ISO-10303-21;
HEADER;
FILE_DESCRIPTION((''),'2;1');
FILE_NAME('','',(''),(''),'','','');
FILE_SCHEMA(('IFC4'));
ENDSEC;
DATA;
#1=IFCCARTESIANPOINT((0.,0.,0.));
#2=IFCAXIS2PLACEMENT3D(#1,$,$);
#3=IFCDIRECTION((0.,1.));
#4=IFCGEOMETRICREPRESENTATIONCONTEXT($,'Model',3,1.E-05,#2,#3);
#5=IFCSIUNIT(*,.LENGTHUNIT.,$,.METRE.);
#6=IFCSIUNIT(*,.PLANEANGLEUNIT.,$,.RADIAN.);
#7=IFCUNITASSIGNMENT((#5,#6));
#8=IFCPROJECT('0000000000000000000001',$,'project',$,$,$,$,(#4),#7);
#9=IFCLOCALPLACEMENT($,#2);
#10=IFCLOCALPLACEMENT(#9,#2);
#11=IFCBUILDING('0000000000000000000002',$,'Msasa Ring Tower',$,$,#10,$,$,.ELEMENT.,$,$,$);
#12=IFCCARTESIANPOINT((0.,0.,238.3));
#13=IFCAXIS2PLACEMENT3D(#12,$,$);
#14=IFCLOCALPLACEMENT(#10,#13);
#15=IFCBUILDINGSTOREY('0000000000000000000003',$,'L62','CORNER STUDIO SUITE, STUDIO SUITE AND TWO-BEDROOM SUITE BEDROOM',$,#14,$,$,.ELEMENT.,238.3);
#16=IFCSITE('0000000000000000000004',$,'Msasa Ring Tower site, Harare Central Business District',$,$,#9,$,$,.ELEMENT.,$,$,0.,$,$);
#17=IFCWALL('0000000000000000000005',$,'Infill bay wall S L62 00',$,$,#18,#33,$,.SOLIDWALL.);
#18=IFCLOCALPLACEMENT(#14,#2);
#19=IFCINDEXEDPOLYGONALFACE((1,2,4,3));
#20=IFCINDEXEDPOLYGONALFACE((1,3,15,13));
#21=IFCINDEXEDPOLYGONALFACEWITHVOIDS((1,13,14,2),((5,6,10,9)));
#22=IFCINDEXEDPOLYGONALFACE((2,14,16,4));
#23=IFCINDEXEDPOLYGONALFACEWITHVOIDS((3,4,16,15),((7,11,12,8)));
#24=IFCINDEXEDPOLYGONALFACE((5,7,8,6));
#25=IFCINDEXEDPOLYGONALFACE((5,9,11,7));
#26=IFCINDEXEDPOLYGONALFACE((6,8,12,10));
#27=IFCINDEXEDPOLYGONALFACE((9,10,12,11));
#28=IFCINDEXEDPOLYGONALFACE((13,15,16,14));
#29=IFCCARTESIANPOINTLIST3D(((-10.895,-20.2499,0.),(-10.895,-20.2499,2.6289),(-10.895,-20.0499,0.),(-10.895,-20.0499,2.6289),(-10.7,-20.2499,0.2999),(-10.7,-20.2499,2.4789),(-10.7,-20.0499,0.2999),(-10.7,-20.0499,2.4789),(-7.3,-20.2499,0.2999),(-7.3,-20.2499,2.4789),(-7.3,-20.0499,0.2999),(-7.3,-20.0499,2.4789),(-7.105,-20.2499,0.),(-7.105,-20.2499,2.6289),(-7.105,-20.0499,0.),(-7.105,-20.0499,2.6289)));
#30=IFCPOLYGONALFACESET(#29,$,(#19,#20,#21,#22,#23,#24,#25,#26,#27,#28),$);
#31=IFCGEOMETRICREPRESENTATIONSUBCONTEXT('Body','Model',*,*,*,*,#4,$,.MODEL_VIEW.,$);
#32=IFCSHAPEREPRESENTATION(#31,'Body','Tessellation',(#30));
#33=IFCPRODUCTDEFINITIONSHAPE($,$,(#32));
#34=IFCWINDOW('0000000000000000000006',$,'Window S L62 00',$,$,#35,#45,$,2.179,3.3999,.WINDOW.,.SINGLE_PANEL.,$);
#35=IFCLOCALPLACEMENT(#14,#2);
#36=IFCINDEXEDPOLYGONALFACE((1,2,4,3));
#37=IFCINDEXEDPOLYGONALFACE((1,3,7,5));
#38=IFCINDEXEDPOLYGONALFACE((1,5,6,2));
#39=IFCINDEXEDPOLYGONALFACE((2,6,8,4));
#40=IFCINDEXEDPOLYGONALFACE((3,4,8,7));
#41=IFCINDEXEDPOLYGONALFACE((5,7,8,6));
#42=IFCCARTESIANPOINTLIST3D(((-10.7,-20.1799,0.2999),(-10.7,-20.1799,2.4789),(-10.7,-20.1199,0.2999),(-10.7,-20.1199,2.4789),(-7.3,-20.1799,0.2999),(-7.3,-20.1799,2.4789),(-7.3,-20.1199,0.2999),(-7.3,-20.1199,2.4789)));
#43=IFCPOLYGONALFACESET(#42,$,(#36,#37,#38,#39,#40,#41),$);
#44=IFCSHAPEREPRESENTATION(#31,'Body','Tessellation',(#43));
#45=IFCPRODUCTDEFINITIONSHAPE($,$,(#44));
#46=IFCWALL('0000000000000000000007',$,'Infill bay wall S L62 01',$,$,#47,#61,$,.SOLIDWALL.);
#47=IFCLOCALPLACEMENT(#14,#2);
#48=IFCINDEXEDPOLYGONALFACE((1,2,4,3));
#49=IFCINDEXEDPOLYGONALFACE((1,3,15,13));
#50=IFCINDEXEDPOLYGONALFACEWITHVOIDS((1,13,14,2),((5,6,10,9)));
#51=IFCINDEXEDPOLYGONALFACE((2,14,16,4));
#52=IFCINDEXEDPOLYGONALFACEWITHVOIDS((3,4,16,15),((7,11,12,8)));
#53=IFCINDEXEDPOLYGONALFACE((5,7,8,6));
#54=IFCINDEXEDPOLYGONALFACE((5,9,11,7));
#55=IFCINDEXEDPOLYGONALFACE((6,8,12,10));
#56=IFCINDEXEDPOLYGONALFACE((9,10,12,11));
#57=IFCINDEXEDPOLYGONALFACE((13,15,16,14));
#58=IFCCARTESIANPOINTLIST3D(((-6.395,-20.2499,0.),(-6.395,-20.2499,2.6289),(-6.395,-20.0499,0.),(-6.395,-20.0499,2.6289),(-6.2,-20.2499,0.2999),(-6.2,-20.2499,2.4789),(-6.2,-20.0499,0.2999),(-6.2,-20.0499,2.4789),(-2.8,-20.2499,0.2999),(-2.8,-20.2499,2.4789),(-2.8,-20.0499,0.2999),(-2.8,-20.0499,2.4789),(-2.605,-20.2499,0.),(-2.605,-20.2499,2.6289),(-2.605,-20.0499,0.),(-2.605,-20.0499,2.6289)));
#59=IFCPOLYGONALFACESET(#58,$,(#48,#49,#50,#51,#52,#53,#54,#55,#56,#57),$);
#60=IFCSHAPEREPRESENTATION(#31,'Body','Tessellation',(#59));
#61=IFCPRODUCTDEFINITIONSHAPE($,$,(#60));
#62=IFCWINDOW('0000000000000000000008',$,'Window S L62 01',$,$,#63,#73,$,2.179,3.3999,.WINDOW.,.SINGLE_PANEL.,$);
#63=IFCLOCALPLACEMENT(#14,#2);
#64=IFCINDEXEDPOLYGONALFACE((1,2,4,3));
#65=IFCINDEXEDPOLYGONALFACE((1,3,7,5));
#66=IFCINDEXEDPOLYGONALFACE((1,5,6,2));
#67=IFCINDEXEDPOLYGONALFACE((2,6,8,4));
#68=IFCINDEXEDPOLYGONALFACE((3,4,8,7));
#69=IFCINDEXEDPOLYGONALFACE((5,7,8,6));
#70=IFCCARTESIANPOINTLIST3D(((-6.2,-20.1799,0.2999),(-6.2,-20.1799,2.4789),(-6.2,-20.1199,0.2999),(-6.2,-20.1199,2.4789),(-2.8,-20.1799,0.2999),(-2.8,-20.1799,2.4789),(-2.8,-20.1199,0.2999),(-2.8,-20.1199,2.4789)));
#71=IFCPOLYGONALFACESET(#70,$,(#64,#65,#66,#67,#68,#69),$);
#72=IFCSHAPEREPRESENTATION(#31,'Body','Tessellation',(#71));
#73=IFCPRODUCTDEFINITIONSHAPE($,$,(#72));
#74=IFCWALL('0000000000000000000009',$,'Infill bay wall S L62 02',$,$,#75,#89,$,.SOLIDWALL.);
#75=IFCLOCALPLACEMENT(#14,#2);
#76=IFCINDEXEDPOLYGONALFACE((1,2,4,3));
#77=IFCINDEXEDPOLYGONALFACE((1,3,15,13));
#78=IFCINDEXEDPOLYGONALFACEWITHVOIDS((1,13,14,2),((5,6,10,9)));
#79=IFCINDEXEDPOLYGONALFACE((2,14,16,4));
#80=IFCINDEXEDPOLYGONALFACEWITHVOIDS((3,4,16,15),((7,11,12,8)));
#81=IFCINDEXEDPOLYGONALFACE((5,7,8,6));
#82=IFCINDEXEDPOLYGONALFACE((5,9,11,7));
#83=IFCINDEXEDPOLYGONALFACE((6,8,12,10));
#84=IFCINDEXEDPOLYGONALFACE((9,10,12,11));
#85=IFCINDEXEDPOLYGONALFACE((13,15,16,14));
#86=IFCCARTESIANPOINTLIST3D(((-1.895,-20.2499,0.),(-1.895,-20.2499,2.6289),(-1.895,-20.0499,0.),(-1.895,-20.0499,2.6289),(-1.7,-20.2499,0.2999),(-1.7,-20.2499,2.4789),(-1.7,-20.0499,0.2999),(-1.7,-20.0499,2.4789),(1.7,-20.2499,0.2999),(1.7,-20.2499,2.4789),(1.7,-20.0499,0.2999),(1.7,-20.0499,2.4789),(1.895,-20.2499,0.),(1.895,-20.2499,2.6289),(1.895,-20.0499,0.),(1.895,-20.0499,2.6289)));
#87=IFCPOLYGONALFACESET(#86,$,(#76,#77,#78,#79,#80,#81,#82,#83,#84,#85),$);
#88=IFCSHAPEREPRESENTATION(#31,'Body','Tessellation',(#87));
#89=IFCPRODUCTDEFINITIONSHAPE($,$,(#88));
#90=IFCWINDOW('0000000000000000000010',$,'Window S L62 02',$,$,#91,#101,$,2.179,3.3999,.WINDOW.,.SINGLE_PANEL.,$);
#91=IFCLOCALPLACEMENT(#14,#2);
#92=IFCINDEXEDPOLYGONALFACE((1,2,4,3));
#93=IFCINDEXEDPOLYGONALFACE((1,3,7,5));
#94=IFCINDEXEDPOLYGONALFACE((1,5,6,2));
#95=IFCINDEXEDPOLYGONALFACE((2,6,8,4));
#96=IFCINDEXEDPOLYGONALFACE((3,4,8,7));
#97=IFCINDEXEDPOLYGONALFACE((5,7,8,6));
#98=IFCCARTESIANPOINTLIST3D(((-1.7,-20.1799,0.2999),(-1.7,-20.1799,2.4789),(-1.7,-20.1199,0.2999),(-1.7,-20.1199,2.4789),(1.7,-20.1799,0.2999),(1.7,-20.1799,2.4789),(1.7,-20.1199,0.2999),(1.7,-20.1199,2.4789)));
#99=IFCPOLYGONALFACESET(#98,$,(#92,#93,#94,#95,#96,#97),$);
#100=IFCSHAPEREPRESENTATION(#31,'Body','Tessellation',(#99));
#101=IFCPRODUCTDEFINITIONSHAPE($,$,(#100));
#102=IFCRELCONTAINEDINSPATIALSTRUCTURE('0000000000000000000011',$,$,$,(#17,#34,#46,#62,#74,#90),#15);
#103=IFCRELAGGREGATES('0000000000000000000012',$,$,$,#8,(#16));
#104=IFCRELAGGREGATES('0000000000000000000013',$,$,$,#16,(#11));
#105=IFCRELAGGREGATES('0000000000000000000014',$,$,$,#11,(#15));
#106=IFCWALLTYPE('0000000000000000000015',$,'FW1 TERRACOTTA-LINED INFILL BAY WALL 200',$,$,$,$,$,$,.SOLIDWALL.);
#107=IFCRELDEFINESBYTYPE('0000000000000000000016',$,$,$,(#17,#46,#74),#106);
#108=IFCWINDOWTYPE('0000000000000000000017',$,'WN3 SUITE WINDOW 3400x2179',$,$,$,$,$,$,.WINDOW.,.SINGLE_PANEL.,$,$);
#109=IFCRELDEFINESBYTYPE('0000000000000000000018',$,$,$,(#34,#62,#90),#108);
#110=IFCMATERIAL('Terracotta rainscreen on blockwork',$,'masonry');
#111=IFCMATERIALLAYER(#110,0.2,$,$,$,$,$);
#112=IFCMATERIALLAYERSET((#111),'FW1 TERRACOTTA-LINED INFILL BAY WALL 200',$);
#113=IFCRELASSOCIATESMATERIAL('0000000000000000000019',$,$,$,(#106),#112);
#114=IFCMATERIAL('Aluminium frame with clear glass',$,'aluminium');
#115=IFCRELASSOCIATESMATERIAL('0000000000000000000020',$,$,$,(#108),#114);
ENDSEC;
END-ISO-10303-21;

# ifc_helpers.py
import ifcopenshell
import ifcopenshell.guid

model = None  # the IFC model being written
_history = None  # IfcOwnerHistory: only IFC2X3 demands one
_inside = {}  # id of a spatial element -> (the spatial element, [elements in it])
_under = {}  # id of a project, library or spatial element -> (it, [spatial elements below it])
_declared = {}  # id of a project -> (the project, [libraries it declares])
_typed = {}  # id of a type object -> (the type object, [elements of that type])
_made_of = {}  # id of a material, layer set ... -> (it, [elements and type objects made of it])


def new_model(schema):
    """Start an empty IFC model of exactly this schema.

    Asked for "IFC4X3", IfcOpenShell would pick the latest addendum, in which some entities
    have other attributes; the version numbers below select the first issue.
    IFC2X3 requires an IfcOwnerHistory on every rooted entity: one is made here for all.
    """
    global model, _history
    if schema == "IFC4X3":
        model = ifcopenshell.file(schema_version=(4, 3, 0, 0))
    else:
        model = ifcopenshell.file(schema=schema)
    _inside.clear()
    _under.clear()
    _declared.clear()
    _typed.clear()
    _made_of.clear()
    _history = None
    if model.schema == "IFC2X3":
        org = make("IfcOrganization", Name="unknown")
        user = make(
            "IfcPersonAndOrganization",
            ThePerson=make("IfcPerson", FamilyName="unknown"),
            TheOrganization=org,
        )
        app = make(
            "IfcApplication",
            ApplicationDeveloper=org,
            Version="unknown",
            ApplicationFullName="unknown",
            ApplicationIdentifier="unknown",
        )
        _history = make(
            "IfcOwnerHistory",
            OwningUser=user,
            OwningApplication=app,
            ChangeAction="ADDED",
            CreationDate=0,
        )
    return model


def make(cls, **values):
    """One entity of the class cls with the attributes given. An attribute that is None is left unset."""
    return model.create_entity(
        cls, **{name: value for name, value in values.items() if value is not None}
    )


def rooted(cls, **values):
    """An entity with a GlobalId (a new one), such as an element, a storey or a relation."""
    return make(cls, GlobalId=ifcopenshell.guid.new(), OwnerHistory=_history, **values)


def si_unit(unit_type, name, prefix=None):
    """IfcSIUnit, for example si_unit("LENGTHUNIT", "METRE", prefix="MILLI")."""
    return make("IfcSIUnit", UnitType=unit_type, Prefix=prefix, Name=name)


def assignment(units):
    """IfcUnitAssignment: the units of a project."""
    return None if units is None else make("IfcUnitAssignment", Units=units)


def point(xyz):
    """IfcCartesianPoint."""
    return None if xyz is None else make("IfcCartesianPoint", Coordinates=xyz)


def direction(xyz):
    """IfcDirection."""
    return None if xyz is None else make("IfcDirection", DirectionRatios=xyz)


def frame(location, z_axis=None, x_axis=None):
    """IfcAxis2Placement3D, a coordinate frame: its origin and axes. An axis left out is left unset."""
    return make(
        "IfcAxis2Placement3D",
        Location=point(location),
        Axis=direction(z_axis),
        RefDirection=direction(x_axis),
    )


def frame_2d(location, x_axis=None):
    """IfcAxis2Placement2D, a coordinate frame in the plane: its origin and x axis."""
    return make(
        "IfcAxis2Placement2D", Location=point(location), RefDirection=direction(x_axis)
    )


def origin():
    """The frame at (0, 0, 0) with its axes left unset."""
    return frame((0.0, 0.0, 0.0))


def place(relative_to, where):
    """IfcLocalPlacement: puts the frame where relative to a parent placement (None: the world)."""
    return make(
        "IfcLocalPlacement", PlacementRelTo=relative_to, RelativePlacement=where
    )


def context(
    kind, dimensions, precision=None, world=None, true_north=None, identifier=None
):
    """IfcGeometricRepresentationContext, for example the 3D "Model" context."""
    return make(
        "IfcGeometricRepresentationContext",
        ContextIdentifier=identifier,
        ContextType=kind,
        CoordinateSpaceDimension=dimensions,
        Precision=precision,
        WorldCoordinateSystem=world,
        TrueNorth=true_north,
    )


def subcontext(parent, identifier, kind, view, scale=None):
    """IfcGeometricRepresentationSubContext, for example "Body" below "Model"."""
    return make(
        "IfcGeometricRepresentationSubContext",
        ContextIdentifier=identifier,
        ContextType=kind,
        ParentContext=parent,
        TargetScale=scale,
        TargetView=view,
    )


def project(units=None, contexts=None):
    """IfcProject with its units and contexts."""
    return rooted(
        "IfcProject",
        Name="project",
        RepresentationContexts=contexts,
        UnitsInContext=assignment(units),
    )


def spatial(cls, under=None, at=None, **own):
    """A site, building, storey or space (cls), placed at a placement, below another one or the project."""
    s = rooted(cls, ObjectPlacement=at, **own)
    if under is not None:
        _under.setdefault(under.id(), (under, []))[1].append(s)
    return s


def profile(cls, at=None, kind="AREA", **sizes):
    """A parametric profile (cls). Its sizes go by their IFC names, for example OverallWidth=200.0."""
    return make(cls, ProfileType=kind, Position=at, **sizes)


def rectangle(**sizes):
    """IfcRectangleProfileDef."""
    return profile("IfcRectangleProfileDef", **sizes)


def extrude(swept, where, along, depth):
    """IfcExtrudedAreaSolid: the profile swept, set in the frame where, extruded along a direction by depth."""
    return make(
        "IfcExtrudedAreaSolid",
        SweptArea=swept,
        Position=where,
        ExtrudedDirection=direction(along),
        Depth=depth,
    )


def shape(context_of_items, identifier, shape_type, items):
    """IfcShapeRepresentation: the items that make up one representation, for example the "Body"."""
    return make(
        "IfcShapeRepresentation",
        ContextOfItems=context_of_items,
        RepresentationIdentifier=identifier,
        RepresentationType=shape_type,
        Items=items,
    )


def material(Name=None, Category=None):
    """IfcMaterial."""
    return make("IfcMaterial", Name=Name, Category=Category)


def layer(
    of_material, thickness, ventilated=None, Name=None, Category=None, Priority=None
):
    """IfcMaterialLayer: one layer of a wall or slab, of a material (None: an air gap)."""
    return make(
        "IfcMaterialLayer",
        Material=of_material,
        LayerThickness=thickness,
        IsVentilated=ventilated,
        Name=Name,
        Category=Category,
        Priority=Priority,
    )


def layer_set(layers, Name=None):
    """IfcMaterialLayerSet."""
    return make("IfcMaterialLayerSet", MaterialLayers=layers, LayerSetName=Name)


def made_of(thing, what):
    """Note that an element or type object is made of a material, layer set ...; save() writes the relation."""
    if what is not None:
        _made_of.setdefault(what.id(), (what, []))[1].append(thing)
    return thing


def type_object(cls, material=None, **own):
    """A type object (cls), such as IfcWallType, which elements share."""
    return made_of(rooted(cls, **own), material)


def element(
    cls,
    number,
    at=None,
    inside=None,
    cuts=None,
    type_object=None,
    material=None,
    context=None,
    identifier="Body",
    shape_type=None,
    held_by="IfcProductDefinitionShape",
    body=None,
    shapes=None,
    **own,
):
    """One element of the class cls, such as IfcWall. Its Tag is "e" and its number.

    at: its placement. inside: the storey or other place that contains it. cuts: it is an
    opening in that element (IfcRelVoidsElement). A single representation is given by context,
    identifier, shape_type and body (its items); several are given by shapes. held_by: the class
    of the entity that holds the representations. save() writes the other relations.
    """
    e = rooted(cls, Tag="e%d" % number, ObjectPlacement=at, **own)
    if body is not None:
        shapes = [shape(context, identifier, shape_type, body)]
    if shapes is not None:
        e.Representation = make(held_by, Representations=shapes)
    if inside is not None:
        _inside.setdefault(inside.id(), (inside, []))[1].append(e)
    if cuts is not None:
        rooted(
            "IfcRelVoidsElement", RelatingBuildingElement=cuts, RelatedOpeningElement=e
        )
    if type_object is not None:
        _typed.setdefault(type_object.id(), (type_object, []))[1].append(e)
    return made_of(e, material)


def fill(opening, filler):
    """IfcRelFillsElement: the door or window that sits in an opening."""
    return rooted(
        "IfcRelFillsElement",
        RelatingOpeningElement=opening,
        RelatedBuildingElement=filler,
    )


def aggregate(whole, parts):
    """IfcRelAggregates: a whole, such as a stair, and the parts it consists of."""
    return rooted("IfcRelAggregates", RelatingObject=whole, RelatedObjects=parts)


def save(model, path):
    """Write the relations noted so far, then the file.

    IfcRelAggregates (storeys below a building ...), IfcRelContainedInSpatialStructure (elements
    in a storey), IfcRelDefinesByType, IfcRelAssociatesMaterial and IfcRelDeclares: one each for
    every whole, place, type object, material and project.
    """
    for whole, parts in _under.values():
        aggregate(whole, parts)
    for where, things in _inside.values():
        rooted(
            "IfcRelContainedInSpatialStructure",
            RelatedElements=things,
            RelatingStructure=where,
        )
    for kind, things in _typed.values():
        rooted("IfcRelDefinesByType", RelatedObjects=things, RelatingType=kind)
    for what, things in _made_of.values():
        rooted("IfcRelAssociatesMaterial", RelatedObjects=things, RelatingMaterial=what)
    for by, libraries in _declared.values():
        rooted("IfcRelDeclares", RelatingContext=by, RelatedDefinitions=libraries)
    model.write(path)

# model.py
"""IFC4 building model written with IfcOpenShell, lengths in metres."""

from ifc_helpers import new_model, si_unit, direction, frame, frame_2d, origin, place, context, subcontext, project, spatial, rectangle, extrude, material, layer, layer_set, type_object, element, fill, save


model = new_model("IFC4")

# Units and contexts
model_context = context("Model", 3, precision=1e-05, world=origin(), true_north=direction((0.0, 1.0)))
body_context = subcontext(model_context, "Body", "Model", "MODEL_VIEW")
ifc_project = project(units=[si_unit("LENGTHUNIT", "METRE"), si_unit("PLANEANGLEUNIT", "RADIAN")], contexts=[model_context])

# Site, building, storey
site_placement = place(None, origin())
site = spatial("IfcSite", under=ifc_project, at=site_placement, Name="Msasa Ring Tower site, Harare Central Business District", CompositionType="ELEMENT", RefElevation=0.0)
building_placement = place(site_placement, origin())
building = spatial("IfcBuilding", under=site, at=building_placement, Name="Msasa Ring Tower", CompositionType="ELEMENT")
storey_placement = place(building_placement, frame((0.0, 0.0, 238.3)))
storey = spatial("IfcBuildingStorey", under=building, at=storey_placement, Name="L62", Description="CORNER STUDIO SUITE, STUDIO SUITE AND TWO-BEDROOM SUITE BEDROOM", CompositionType="ELEMENT", Elevation=238.3)

# Walls, openings, windows
ifc_material_1 = material(Name="Terracotta rainscreen on blockwork", Category="masonry")
ifc_layer_1 = layer(ifc_material_1, 0.2)
ifc_layer_set_1 = layer_set([ifc_layer_1], Name="FW1 TERRACOTTA-LINED INFILL BAY WALL 200")
wall_type_1 = type_object("IfcWallType", Name="FW1 TERRACOTTA-LINED INFILL BAY WALL 200", PredefinedType="SOLIDWALL", material=ifc_layer_set_1)
wall_1_placement = place(storey_placement, frame((-10.895, -20.1499, 0.0), z_axis=(0.0, 0.0, 1.0), x_axis=(1.0, 0.0, 0.0)))
wall_1 = element("IfcWall", 1, at=wall_1_placement, inside=storey, type_object=wall_type_1, Name="Infill bay wall S L62 00", PredefinedType="SOLIDWALL", context=body_context, shape_type="SweptSolid", body=[
    extrude(rectangle(XDim=3.79, YDim=0.2, at=frame_2d((1.895, 0.0))), origin(), (0.0, 0.0, 1.0), 2.6289),
])
opening_1_placement = place(wall_1_placement, frame((0.1951, 0.0, 0.3)))
opening_1 = element("IfcOpeningElement", 2, at=opening_1_placement, cuts=wall_1, PredefinedType="OPENING", context=body_context, shape_type="SweptSolid", body=[
    extrude(rectangle(XDim=3.3999, YDim=2.179, at=frame_2d((1.7, 1.0894))), frame((0.0, 0.1099, 0.0), z_axis=(0.0, -1.0, 0.0), x_axis=(1.0, 0.0, 0.0)), (0.0, 0.0, 1.0), 0.22),
])
ifc_material_2 = material(Name="Aluminium frame with clear glass", Category="aluminium")
window_type = type_object("IfcWindowType", Name="WN3 SUITE WINDOW 3400x2179", PartitioningType="SINGLE_PANEL", PredefinedType="WINDOW", material=ifc_material_2)
window_1_placement = place(opening_1_placement, origin())
window_1 = element("IfcWindow", 3, at=window_1_placement, inside=storey, type_object=window_type, Name="Window S L62 00", OverallHeight=2.179, OverallWidth=3.3999, PartitioningType="SINGLE_PANEL", PredefinedType="WINDOW", context=body_context, shape_type="SweptSolid", body=[
    extrude(rectangle(XDim=3.3999, YDim=2.179, at=frame_2d((1.7, 1.0894))), frame((0.0, 0.03, 0.0), z_axis=(0.0, -1.0, 0.0), x_axis=(1.0, 0.0, 0.0)), (0.0, 0.0, 1.0), 0.0601),
])
fill(opening_1, window_1)
wall_2_placement = place(storey_placement, frame((-6.395, -20.1499, 0.0), z_axis=(0.0, 0.0, 1.0), x_axis=(1.0, 0.0, 0.0)))
wall_2 = element("IfcWall", 4, at=wall_2_placement, inside=storey, type_object=wall_type_1, Name="Infill bay wall S L62 01", PredefinedType="SOLIDWALL", context=body_context, shape_type="SweptSolid", body=[
    extrude(rectangle(XDim=3.79, YDim=0.2, at=frame_2d((1.895, 0.0))), origin(), (0.0, 0.0, 1.0), 2.6289),
])
opening_2_placement = place(wall_2_placement, frame((0.1951, 0.0, 0.3)))
opening_2 = element("IfcOpeningElement", 5, at=opening_2_placement, cuts=wall_2, PredefinedType="OPENING", context=body_context, shape_type="SweptSolid", body=[
    extrude(rectangle(XDim=3.3999, YDim=2.179, at=frame_2d((1.7, 1.0894))), frame((0.0, 0.1099, 0.0), z_axis=(0.0, -1.0, 0.0), x_axis=(1.0, 0.0, 0.0)), (0.0, 0.0, 1.0), 0.22),
])
window_2_placement = place(opening_2_placement, origin())
window_2 = element("IfcWindow", 6, at=window_2_placement, inside=storey, type_object=window_type, Name="Window S L62 01", OverallHeight=2.179, OverallWidth=3.3999, PartitioningType="SINGLE_PANEL", PredefinedType="WINDOW", context=body_context, shape_type="SweptSolid", body=[
    extrude(rectangle(XDim=3.3999, YDim=2.179, at=frame_2d((1.7, 1.0894))), frame((0.0, 0.03, 0.0), z_axis=(0.0, -1.0, 0.0), x_axis=(1.0, 0.0, 0.0)), (0.0, 0.0, 1.0), 0.0601),
])
fill(opening_2, window_2)
wall_3_placement = place(storey_placement, frame((-1.895, -20.1499, 0.0), z_axis=(0.0, 0.0, 1.0), x_axis=(1.0, 0.0, 0.0)))
wall_3 = element("IfcWall", 7, at=wall_3_placement, inside=storey, type_object=wall_type_1, Name="Infill bay wall S L62 02", PredefinedType="SOLIDWALL", context=body_context, shape_type="SweptSolid", body=[
    extrude(rectangle(XDim=3.79, YDim=0.2, at=frame_2d((1.895, 0.0))), origin(), (0.0, 0.0, 1.0), 2.6289),
])
opening_3_placement = place(wall_3_placement, frame((0.1951, 0.0, 0.3)))
opening_3 = element("IfcOpeningElement", 8, at=opening_3_placement, cuts=wall_3, PredefinedType="OPENING", context=body_context, shape_type="SweptSolid", body=[
    extrude(rectangle(XDim=3.3999, YDim=2.179, at=frame_2d((1.7, 1.0894))), frame((0.0, 0.1099, 0.0), z_axis=(0.0, -1.0, 0.0), x_axis=(1.0, 0.0, 0.0)), (0.0, 0.0, 1.0), 0.22),
])
window_3_placement = place(opening_3_placement, origin())
window_3 = element("IfcWindow", 9, at=window_3_placement, inside=storey, type_object=window_type, Name="Window S L62 02", OverallHeight=2.179, OverallWidth=3.3999, PartitioningType="SINGLE_PANEL", PredefinedType="WINDOW", context=body_context, shape_type="SweptSolid", body=[
    extrude(rectangle(XDim=3.3999, YDim=2.179, at=frame_2d((1.7, 1.0894))), frame((0.0, 0.03, 0.0), z_axis=(0.0, -1.0, 0.0), x_axis=(1.0, 0.0, 0.0)), (0.0, 0.0, 1.0), 0.0601),
])
fill(opening_3, window_3)

save(model, "model.ifc")
